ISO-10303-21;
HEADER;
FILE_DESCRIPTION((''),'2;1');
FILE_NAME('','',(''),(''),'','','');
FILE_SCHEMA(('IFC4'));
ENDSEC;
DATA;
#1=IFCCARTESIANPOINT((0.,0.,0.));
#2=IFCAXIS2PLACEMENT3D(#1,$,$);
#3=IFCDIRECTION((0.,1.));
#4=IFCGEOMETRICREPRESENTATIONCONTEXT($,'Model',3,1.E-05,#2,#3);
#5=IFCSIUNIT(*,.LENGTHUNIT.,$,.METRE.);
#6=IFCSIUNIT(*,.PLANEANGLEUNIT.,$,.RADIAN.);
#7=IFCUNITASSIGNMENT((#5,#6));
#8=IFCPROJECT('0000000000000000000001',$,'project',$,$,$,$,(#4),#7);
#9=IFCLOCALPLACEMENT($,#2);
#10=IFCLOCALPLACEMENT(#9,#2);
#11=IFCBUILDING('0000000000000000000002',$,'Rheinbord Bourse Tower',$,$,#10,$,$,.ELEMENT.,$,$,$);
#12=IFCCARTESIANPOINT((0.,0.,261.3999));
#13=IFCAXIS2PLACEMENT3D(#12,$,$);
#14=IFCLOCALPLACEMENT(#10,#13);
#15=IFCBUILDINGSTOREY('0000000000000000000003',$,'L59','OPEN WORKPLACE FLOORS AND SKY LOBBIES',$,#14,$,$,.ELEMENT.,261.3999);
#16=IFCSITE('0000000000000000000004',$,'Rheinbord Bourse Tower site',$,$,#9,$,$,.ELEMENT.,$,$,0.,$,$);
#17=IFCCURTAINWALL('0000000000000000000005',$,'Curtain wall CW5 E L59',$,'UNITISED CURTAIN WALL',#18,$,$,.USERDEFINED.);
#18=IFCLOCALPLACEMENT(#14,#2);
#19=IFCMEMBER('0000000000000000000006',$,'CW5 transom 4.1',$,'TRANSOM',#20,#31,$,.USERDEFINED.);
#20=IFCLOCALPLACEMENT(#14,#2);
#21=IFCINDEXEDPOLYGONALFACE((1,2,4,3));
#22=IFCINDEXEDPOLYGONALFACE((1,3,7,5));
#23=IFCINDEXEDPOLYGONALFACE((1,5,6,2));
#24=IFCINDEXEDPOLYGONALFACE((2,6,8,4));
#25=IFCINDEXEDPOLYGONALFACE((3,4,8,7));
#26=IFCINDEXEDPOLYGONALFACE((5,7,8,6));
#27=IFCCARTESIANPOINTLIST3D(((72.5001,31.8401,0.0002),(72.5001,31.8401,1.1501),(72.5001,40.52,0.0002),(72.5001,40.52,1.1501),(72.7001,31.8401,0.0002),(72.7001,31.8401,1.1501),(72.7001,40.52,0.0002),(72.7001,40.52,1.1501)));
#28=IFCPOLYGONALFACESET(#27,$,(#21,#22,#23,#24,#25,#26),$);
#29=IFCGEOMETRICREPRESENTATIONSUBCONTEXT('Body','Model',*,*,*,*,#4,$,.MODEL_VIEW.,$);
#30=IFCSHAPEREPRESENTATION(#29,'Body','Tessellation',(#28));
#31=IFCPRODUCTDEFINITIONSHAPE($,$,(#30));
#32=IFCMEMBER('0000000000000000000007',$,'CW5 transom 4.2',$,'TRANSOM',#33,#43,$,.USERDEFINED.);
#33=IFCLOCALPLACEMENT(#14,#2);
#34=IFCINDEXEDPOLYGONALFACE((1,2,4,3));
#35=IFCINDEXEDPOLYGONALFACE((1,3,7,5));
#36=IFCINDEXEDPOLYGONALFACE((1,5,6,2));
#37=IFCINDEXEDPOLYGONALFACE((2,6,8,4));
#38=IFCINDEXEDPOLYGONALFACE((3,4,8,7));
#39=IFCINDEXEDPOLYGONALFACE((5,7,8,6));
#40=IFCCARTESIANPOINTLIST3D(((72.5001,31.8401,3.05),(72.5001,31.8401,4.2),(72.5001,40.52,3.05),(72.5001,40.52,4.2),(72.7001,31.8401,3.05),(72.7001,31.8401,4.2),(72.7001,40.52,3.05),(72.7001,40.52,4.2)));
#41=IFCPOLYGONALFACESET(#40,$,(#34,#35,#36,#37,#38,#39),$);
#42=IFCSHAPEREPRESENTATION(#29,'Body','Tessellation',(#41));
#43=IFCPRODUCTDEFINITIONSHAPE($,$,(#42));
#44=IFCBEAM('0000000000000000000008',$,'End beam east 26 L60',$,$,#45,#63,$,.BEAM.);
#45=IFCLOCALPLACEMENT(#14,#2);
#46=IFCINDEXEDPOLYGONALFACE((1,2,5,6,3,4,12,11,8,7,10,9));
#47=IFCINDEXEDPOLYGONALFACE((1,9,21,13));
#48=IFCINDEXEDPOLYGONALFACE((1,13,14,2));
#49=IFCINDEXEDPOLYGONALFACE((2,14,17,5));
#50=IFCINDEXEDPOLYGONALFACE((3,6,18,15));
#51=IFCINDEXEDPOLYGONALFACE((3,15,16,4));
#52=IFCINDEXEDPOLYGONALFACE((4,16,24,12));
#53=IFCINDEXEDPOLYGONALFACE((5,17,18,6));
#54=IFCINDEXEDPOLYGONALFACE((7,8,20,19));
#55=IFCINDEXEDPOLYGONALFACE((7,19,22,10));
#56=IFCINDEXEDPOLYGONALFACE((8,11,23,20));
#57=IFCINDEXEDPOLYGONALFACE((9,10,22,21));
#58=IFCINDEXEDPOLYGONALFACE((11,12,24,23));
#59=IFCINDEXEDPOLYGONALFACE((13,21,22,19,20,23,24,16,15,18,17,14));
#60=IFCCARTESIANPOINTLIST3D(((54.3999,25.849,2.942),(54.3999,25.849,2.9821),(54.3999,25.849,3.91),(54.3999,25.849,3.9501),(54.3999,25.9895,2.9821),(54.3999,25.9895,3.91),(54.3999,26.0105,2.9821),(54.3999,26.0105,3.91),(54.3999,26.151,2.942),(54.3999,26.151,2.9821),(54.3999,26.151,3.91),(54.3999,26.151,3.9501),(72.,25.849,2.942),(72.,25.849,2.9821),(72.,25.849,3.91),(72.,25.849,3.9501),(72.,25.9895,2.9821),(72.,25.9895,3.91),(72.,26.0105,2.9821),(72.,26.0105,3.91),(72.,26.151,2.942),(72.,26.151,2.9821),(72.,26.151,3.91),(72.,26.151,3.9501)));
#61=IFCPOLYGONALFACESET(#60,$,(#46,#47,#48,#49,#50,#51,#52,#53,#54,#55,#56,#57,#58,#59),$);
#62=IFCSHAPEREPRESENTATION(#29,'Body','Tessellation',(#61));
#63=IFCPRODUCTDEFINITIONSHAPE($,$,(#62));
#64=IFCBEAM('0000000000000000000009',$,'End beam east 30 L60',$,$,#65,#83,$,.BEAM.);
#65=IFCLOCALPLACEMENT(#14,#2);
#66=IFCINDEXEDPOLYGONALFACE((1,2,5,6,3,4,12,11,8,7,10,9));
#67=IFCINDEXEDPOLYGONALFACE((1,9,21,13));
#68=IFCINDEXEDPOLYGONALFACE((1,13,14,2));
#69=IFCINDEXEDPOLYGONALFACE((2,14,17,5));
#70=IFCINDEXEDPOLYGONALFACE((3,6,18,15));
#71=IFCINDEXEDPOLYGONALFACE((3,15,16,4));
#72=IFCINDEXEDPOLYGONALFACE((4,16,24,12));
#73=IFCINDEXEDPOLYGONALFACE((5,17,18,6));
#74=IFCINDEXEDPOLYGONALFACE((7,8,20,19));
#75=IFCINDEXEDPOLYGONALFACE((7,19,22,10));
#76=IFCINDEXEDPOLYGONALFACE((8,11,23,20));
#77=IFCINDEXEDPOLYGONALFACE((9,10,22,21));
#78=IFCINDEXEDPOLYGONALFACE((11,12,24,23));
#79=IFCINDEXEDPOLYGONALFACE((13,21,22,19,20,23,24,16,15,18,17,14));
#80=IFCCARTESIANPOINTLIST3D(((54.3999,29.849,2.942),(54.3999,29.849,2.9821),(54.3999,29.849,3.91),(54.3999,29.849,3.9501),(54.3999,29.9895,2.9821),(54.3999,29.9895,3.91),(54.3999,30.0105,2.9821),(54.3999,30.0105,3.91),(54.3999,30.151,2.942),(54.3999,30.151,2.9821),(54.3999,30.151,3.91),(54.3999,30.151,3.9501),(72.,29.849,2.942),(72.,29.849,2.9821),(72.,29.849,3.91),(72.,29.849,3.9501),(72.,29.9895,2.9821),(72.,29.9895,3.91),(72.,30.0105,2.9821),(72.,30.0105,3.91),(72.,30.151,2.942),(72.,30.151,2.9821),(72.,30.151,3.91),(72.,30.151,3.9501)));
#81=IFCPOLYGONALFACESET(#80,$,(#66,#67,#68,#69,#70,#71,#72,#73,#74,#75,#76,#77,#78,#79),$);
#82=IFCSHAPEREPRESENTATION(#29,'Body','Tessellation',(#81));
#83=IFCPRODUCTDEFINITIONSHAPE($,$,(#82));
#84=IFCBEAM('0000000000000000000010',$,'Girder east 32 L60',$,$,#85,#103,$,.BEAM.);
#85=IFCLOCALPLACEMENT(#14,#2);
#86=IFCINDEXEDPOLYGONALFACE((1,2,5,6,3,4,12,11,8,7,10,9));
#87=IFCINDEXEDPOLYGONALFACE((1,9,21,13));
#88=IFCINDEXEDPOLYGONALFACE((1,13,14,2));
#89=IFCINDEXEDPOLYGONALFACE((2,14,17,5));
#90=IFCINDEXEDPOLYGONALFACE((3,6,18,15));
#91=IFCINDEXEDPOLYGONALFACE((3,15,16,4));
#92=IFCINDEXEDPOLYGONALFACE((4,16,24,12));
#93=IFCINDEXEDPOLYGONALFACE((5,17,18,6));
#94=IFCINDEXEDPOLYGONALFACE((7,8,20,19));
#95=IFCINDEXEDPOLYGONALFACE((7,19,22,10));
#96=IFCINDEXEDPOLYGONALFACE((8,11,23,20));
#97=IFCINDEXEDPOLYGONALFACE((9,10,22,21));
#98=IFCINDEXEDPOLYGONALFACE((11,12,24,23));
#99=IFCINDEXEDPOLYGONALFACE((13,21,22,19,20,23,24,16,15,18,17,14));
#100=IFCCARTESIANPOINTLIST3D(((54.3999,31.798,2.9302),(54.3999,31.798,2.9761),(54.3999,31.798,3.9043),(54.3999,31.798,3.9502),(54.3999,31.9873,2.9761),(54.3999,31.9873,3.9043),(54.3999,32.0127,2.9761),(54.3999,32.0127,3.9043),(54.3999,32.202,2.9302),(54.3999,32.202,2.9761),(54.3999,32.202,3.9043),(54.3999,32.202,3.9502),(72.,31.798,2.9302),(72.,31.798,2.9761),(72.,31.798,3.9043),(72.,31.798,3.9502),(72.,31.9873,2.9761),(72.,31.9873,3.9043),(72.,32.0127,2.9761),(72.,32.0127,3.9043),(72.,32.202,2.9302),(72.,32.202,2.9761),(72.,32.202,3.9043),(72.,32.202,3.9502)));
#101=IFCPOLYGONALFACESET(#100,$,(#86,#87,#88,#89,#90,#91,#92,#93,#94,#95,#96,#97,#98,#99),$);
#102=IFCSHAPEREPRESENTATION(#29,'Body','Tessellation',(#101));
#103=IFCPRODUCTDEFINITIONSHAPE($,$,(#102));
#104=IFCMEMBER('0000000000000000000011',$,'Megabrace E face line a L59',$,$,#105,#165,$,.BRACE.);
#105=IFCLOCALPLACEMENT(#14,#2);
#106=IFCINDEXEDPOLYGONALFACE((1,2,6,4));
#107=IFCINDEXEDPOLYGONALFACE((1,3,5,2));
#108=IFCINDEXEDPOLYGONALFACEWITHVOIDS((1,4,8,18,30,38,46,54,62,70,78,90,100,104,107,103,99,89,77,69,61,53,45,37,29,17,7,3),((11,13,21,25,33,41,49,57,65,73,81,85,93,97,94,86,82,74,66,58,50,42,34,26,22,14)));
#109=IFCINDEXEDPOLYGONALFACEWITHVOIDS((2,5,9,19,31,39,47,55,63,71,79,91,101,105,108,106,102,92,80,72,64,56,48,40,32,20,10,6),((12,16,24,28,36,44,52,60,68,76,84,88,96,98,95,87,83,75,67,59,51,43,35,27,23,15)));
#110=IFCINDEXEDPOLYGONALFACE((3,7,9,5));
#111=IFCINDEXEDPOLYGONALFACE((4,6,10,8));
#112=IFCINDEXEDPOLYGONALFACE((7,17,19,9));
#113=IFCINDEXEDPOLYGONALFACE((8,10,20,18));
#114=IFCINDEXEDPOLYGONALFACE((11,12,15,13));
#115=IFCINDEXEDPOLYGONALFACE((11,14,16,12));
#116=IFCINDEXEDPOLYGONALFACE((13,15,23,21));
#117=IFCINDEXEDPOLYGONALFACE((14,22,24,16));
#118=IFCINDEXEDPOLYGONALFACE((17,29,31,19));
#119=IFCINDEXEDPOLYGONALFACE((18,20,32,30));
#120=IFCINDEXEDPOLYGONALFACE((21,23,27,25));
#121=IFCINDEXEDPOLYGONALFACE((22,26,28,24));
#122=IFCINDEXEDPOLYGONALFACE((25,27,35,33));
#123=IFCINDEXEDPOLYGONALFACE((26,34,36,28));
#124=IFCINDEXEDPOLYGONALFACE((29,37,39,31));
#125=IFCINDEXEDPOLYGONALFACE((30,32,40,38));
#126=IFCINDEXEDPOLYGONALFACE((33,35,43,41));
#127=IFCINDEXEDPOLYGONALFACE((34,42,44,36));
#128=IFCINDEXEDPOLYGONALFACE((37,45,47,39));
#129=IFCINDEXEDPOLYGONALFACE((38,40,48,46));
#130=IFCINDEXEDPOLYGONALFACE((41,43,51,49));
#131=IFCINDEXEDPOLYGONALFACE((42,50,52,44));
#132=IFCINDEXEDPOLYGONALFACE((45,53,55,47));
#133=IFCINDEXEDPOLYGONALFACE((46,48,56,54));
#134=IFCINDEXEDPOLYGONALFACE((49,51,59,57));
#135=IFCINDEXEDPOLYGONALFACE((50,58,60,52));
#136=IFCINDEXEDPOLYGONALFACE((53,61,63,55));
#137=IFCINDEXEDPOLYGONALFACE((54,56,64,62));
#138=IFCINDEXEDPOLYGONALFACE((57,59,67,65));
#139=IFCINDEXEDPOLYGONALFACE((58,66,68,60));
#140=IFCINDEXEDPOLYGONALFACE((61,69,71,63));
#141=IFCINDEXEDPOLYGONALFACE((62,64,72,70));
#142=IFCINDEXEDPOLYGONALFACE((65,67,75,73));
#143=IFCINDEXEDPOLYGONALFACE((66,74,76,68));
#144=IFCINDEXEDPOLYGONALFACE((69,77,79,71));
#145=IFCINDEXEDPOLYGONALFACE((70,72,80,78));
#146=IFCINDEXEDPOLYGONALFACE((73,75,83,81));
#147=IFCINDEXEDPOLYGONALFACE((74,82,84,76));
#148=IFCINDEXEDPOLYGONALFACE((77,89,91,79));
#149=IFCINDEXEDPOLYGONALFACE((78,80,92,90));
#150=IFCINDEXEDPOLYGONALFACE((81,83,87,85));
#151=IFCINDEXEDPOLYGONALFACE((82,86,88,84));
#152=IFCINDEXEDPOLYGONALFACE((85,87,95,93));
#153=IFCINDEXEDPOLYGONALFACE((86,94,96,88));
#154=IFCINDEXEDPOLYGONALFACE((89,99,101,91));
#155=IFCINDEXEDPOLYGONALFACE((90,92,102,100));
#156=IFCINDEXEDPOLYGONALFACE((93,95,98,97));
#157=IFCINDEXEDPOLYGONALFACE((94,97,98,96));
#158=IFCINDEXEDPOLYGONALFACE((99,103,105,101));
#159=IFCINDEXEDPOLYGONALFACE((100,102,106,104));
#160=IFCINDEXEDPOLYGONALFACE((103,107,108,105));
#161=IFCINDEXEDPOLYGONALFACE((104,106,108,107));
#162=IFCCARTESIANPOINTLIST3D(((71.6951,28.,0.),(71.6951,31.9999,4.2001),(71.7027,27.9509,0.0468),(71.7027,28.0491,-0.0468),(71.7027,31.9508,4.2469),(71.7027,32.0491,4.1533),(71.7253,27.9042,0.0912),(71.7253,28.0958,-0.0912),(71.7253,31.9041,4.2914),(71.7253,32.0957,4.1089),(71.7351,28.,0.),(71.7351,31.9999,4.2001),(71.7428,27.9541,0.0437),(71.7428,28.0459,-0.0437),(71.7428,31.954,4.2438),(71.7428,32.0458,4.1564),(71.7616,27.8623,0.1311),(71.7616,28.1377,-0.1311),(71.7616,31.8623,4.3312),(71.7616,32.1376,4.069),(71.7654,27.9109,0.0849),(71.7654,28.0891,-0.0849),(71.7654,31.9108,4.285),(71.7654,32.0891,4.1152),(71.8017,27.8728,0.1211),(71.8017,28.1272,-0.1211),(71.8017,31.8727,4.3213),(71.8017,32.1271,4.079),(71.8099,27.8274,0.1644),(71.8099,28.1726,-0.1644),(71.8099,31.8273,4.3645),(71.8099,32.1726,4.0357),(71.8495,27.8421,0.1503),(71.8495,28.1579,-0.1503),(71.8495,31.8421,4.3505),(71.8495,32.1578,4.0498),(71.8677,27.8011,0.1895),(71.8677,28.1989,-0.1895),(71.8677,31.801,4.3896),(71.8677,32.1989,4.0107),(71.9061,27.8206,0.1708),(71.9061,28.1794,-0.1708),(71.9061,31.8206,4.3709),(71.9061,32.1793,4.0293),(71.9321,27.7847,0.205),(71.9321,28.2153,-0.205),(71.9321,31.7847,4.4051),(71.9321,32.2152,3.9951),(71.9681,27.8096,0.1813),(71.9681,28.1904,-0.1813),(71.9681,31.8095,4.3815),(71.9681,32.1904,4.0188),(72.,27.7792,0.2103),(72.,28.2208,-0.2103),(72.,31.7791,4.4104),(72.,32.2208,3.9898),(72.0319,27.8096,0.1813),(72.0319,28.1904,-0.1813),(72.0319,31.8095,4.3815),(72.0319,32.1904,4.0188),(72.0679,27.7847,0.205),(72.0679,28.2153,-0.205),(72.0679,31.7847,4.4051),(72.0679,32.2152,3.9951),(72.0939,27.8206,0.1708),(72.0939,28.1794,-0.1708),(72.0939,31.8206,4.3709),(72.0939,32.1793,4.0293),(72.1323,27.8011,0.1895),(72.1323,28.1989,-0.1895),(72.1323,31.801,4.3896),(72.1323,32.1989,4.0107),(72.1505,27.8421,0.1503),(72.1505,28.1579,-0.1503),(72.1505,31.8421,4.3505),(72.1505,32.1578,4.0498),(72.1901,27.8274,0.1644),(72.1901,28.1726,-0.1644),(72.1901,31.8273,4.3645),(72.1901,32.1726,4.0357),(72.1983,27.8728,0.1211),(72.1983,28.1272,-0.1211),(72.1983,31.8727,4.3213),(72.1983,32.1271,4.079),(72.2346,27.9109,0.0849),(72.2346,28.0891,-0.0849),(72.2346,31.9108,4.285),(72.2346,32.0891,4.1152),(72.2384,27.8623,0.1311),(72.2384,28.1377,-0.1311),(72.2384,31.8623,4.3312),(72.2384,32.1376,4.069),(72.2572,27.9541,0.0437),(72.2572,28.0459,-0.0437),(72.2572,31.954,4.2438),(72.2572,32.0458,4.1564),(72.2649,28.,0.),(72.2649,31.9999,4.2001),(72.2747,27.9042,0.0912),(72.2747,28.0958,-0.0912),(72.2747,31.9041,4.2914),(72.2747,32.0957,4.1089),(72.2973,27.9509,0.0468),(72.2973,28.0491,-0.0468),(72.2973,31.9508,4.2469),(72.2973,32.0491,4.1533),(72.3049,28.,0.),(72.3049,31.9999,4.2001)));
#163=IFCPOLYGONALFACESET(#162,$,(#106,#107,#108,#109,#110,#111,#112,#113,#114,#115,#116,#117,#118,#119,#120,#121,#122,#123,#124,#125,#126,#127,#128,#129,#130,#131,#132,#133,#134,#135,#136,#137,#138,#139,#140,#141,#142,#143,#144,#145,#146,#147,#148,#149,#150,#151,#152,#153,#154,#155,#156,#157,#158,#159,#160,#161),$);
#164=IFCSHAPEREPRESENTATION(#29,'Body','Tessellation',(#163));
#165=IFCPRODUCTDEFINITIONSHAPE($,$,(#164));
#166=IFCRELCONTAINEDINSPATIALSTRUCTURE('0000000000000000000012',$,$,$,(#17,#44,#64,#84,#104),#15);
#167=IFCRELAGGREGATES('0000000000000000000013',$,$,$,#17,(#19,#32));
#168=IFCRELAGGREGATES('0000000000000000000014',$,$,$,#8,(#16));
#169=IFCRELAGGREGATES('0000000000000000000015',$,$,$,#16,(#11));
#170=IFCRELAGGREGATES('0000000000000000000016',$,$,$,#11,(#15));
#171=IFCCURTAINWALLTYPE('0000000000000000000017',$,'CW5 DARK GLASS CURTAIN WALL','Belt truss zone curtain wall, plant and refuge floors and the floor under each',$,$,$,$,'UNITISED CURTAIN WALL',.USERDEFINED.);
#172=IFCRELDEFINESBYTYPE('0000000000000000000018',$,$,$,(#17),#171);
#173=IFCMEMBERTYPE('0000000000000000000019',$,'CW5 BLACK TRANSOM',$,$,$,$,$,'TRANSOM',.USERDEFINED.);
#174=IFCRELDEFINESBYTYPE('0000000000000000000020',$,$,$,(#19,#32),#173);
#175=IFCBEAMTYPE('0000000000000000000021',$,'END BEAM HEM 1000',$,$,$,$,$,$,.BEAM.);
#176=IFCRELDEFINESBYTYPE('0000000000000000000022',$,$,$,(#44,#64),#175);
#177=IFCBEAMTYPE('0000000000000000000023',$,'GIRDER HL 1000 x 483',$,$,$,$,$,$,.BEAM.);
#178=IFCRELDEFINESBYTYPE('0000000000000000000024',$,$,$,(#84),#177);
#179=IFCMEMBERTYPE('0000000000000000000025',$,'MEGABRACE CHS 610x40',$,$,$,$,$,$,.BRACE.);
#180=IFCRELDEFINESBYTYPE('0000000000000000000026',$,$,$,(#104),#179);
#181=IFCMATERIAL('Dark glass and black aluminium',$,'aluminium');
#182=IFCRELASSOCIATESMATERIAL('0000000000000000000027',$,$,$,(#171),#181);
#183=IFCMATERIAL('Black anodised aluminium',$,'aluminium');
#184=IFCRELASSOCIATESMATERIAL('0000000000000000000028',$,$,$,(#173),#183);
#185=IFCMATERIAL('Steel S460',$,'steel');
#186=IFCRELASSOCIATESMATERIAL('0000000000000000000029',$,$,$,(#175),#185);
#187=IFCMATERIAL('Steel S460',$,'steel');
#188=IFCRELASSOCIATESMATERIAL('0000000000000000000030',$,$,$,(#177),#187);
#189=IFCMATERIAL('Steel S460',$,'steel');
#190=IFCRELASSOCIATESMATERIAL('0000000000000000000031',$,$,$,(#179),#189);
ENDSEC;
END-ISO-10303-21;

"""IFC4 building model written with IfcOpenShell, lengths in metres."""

from ifc_helpers import new_model, si_unit, direction, frame, origin, origin_2d, place, context, subcontext, project, spatial, rectangle, hollow_circle, i_section, extrude, material, material_profile, profile_set, type_object, element, aggregate, save


model = new_model("IFC4")

# Units and contexts
model_context = context("Model", 3, precision=1e-05, world=origin(), true_north=direction((0.0, 1.0)))
body_context = subcontext(model_context, "Body", "Model", "MODEL_VIEW")
ifc_project = project(units=[si_unit("LENGTHUNIT", "METRE"), si_unit("PLANEANGLEUNIT", "RADIAN")], contexts=[model_context])

# Site, building, storey
site_placement = place(None, origin())
site = spatial("IfcSite", under=ifc_project, at=site_placement, Name="Rheinbord Bourse Tower site", CompositionType="ELEMENT", RefElevation=0.0)
building_placement = place(site_placement, origin())
building = spatial("IfcBuilding", under=site, at=building_placement, Name="Rheinbord Bourse Tower", CompositionType="ELEMENT")
storey_placement = place(building_placement, frame((0.0, 0.0, 261.3999)))
storey = spatial("IfcBuildingStorey", under=building, at=storey_placement, Name="L59", Description="OPEN WORKPLACE FLOORS AND SKY LOBBIES", CompositionType="ELEMENT", Elevation=261.3999)

# Curtain wall, members
ifc_material_1 = material(Name="Dark glass and black aluminium", Category="aluminium")
curtain_wall_type = type_object("IfcCurtainWallType", Name="CW5 DARK GLASS CURTAIN WALL", Description="Belt truss zone curtain wall, plant and refuge floors and the floor under each", ElementType="UNITISED CURTAIN WALL", PredefinedType="USERDEFINED", material=ifc_material_1)
curtain_wall_placement = place(storey_placement, origin())
curtain_wall = element("IfcCurtainWall", 1, at=curtain_wall_placement, inside=storey, type_object=curtain_wall_type, Name="Curtain wall CW5 E L59", ObjectType="UNITISED CURTAIN WALL", PredefinedType="USERDEFINED")
ifc_material_2 = material(Name="Black anodised aluminium", Category="aluminium")
ifc_material_profile_1 = material_profile(ifc_material_2, rectangle(XDim=0.2, YDim=1.1499, at=origin_2d()), Name="CW5 TRANSOM 1150x200")
ifc_profile_set_1 = profile_set([ifc_material_profile_1], Name="Black anodised aluminium")
member_type_1 = type_object("IfcMemberType", Name="CW5 BLACK TRANSOM", ElementType="TRANSOM", PredefinedType="USERDEFINED", material=ifc_profile_set_1)
member_1_placement = place(storey_placement, frame((72.6001, 31.8401, 0.5752), z_axis=(0.0, 1.0, 0.0), x_axis=(-1.0, 0.0, 0.0)))
member_1 = element("IfcMember", 2, at=member_1_placement, type_object=member_type_1, Name="CW5 transom 4.1", ObjectType="TRANSOM", PredefinedType="USERDEFINED", context=body_context, shape_type="SweptSolid", body=[
    extrude(rectangle(XDim=0.2, YDim=1.1499, at=origin_2d()), origin(), (0.0, 0.0, 1.0), 8.6799),
])
member_2_placement = place(storey_placement, frame((72.6001, 31.8401, 3.625), z_axis=(0.0, 1.0, 0.0), x_axis=(-1.0, 0.0, 0.0)))
member_2 = element("IfcMember", 3, at=member_2_placement, type_object=member_type_1, Name="CW5 transom 4.2", ObjectType="TRANSOM", PredefinedType="USERDEFINED", context=body_context, shape_type="SweptSolid", body=[
    extrude(rectangle(XDim=0.2, YDim=1.1499, at=origin_2d()), origin(), (0.0, 0.0, 1.0), 8.6799),
])

# Beams
ifc_material_3 = material(Name="Steel S460", Category="steel")
ifc_material_profile_2 = material_profile(ifc_material_3, i_section(OverallWidth=0.302, OverallDepth=1.0081, WebThickness=0.021, FlangeThickness=0.04, at=origin_2d()), Name="HEM 1000")
ifc_profile_set_2 = profile_set([ifc_material_profile_2], Name="Steel S460")
beam_type_1 = type_object("IfcBeamType", Name="END BEAM HEM 1000", PredefinedType="BEAM", material=ifc_profile_set_2)
for number, where, z_axis, x_axis, name in (
    (4, (54.3999, 26.0, 3.446), (1.0, 0.0, 0.0), (0.0, 1.0, 0.0), "End beam east 26 L60"),
    (5, (54.3999, 30.0, 3.446), (1.0, 0.0, 0.0), (0.0, 1.0, 0.0), "End beam east 30 L60"),
):
    element("IfcBeam", number, at=place(storey_placement, frame(where, z_axis=z_axis, x_axis=x_axis)), inside=storey, type_object=beam_type_1, Name=name, PredefinedType="BEAM", context=body_context, shape_type="SweptSolid", body=[
        extrude(i_section(OverallWidth=0.302, OverallDepth=1.0081, WebThickness=0.021, FlangeThickness=0.04, at=origin_2d()), origin(), (0.0, 0.0, 1.0), 17.6001),
    ])
ifc_material_4 = material(Name="Steel S460", Category="steel")
ifc_material_profile_3 = material_profile(ifc_material_4, i_section(OverallWidth=0.4041, OverallDepth=1.02, WebThickness=0.0254, FlangeThickness=0.0459, at=origin_2d()), Name="HL 1000 x 483")
ifc_profile_set_3 = profile_set([ifc_material_profile_3], Name="Steel S460")
beam_type_2 = type_object("IfcBeamType", Name="GIRDER HL 1000 x 483", PredefinedType="BEAM", material=ifc_profile_set_3)
beam_placement = place(storey_placement, frame((54.3999, 32.0, 3.4402), z_axis=(1.0, 0.0, 0.0), x_axis=(0.0, 1.0, 0.0)))
element("IfcBeam", 6, at=beam_placement, inside=storey, type_object=beam_type_2, Name="Girder east 32 L60", PredefinedType="BEAM", context=body_context, shape_type="SweptSolid", body=[
    extrude(i_section(OverallWidth=0.4041, OverallDepth=1.02, WebThickness=0.0254, FlangeThickness=0.0459, at=origin_2d()), origin(), (0.0, 0.0, 1.0), 17.6001),
])

# Member
ifc_material_5 = material(Name="Steel S460", Category="steel")
ifc_material_profile_4 = material_profile(ifc_material_5, hollow_circle(Radius=0.3049, WallThickness=0.04, at=origin_2d()), Name="CHS 610x40")
ifc_profile_set_4 = profile_set([ifc_material_profile_4], Name="Steel S460")
member_type_2 = type_object("IfcMemberType", Name="MEGABRACE CHS 610x40", PredefinedType="BRACE", material=ifc_profile_set_4)
for number, where, z_axis, x_axis, name in (
    (7, (72.0, 28.0, 0.0), (0.0, 0.689638, 0.724154), (-1.0, 0.0, 0.0), "Megabrace E face line a L59"),
):
    element("IfcMember", number, at=place(storey_placement, frame(where, z_axis=z_axis, x_axis=x_axis)), inside=storey, type_object=member_type_2, Name=name, PredefinedType="BRACE", context=body_context, shape_type="SweptSolid", body=[
        extrude(hollow_circle(Radius=0.3049, WallThickness=0.04, at=origin_2d()), origin(), (0.0, 0.0, 1.0), 5.8),
    ])

aggregate(curtain_wall, [member_1, member_2])

save(model, "model.ifc")
